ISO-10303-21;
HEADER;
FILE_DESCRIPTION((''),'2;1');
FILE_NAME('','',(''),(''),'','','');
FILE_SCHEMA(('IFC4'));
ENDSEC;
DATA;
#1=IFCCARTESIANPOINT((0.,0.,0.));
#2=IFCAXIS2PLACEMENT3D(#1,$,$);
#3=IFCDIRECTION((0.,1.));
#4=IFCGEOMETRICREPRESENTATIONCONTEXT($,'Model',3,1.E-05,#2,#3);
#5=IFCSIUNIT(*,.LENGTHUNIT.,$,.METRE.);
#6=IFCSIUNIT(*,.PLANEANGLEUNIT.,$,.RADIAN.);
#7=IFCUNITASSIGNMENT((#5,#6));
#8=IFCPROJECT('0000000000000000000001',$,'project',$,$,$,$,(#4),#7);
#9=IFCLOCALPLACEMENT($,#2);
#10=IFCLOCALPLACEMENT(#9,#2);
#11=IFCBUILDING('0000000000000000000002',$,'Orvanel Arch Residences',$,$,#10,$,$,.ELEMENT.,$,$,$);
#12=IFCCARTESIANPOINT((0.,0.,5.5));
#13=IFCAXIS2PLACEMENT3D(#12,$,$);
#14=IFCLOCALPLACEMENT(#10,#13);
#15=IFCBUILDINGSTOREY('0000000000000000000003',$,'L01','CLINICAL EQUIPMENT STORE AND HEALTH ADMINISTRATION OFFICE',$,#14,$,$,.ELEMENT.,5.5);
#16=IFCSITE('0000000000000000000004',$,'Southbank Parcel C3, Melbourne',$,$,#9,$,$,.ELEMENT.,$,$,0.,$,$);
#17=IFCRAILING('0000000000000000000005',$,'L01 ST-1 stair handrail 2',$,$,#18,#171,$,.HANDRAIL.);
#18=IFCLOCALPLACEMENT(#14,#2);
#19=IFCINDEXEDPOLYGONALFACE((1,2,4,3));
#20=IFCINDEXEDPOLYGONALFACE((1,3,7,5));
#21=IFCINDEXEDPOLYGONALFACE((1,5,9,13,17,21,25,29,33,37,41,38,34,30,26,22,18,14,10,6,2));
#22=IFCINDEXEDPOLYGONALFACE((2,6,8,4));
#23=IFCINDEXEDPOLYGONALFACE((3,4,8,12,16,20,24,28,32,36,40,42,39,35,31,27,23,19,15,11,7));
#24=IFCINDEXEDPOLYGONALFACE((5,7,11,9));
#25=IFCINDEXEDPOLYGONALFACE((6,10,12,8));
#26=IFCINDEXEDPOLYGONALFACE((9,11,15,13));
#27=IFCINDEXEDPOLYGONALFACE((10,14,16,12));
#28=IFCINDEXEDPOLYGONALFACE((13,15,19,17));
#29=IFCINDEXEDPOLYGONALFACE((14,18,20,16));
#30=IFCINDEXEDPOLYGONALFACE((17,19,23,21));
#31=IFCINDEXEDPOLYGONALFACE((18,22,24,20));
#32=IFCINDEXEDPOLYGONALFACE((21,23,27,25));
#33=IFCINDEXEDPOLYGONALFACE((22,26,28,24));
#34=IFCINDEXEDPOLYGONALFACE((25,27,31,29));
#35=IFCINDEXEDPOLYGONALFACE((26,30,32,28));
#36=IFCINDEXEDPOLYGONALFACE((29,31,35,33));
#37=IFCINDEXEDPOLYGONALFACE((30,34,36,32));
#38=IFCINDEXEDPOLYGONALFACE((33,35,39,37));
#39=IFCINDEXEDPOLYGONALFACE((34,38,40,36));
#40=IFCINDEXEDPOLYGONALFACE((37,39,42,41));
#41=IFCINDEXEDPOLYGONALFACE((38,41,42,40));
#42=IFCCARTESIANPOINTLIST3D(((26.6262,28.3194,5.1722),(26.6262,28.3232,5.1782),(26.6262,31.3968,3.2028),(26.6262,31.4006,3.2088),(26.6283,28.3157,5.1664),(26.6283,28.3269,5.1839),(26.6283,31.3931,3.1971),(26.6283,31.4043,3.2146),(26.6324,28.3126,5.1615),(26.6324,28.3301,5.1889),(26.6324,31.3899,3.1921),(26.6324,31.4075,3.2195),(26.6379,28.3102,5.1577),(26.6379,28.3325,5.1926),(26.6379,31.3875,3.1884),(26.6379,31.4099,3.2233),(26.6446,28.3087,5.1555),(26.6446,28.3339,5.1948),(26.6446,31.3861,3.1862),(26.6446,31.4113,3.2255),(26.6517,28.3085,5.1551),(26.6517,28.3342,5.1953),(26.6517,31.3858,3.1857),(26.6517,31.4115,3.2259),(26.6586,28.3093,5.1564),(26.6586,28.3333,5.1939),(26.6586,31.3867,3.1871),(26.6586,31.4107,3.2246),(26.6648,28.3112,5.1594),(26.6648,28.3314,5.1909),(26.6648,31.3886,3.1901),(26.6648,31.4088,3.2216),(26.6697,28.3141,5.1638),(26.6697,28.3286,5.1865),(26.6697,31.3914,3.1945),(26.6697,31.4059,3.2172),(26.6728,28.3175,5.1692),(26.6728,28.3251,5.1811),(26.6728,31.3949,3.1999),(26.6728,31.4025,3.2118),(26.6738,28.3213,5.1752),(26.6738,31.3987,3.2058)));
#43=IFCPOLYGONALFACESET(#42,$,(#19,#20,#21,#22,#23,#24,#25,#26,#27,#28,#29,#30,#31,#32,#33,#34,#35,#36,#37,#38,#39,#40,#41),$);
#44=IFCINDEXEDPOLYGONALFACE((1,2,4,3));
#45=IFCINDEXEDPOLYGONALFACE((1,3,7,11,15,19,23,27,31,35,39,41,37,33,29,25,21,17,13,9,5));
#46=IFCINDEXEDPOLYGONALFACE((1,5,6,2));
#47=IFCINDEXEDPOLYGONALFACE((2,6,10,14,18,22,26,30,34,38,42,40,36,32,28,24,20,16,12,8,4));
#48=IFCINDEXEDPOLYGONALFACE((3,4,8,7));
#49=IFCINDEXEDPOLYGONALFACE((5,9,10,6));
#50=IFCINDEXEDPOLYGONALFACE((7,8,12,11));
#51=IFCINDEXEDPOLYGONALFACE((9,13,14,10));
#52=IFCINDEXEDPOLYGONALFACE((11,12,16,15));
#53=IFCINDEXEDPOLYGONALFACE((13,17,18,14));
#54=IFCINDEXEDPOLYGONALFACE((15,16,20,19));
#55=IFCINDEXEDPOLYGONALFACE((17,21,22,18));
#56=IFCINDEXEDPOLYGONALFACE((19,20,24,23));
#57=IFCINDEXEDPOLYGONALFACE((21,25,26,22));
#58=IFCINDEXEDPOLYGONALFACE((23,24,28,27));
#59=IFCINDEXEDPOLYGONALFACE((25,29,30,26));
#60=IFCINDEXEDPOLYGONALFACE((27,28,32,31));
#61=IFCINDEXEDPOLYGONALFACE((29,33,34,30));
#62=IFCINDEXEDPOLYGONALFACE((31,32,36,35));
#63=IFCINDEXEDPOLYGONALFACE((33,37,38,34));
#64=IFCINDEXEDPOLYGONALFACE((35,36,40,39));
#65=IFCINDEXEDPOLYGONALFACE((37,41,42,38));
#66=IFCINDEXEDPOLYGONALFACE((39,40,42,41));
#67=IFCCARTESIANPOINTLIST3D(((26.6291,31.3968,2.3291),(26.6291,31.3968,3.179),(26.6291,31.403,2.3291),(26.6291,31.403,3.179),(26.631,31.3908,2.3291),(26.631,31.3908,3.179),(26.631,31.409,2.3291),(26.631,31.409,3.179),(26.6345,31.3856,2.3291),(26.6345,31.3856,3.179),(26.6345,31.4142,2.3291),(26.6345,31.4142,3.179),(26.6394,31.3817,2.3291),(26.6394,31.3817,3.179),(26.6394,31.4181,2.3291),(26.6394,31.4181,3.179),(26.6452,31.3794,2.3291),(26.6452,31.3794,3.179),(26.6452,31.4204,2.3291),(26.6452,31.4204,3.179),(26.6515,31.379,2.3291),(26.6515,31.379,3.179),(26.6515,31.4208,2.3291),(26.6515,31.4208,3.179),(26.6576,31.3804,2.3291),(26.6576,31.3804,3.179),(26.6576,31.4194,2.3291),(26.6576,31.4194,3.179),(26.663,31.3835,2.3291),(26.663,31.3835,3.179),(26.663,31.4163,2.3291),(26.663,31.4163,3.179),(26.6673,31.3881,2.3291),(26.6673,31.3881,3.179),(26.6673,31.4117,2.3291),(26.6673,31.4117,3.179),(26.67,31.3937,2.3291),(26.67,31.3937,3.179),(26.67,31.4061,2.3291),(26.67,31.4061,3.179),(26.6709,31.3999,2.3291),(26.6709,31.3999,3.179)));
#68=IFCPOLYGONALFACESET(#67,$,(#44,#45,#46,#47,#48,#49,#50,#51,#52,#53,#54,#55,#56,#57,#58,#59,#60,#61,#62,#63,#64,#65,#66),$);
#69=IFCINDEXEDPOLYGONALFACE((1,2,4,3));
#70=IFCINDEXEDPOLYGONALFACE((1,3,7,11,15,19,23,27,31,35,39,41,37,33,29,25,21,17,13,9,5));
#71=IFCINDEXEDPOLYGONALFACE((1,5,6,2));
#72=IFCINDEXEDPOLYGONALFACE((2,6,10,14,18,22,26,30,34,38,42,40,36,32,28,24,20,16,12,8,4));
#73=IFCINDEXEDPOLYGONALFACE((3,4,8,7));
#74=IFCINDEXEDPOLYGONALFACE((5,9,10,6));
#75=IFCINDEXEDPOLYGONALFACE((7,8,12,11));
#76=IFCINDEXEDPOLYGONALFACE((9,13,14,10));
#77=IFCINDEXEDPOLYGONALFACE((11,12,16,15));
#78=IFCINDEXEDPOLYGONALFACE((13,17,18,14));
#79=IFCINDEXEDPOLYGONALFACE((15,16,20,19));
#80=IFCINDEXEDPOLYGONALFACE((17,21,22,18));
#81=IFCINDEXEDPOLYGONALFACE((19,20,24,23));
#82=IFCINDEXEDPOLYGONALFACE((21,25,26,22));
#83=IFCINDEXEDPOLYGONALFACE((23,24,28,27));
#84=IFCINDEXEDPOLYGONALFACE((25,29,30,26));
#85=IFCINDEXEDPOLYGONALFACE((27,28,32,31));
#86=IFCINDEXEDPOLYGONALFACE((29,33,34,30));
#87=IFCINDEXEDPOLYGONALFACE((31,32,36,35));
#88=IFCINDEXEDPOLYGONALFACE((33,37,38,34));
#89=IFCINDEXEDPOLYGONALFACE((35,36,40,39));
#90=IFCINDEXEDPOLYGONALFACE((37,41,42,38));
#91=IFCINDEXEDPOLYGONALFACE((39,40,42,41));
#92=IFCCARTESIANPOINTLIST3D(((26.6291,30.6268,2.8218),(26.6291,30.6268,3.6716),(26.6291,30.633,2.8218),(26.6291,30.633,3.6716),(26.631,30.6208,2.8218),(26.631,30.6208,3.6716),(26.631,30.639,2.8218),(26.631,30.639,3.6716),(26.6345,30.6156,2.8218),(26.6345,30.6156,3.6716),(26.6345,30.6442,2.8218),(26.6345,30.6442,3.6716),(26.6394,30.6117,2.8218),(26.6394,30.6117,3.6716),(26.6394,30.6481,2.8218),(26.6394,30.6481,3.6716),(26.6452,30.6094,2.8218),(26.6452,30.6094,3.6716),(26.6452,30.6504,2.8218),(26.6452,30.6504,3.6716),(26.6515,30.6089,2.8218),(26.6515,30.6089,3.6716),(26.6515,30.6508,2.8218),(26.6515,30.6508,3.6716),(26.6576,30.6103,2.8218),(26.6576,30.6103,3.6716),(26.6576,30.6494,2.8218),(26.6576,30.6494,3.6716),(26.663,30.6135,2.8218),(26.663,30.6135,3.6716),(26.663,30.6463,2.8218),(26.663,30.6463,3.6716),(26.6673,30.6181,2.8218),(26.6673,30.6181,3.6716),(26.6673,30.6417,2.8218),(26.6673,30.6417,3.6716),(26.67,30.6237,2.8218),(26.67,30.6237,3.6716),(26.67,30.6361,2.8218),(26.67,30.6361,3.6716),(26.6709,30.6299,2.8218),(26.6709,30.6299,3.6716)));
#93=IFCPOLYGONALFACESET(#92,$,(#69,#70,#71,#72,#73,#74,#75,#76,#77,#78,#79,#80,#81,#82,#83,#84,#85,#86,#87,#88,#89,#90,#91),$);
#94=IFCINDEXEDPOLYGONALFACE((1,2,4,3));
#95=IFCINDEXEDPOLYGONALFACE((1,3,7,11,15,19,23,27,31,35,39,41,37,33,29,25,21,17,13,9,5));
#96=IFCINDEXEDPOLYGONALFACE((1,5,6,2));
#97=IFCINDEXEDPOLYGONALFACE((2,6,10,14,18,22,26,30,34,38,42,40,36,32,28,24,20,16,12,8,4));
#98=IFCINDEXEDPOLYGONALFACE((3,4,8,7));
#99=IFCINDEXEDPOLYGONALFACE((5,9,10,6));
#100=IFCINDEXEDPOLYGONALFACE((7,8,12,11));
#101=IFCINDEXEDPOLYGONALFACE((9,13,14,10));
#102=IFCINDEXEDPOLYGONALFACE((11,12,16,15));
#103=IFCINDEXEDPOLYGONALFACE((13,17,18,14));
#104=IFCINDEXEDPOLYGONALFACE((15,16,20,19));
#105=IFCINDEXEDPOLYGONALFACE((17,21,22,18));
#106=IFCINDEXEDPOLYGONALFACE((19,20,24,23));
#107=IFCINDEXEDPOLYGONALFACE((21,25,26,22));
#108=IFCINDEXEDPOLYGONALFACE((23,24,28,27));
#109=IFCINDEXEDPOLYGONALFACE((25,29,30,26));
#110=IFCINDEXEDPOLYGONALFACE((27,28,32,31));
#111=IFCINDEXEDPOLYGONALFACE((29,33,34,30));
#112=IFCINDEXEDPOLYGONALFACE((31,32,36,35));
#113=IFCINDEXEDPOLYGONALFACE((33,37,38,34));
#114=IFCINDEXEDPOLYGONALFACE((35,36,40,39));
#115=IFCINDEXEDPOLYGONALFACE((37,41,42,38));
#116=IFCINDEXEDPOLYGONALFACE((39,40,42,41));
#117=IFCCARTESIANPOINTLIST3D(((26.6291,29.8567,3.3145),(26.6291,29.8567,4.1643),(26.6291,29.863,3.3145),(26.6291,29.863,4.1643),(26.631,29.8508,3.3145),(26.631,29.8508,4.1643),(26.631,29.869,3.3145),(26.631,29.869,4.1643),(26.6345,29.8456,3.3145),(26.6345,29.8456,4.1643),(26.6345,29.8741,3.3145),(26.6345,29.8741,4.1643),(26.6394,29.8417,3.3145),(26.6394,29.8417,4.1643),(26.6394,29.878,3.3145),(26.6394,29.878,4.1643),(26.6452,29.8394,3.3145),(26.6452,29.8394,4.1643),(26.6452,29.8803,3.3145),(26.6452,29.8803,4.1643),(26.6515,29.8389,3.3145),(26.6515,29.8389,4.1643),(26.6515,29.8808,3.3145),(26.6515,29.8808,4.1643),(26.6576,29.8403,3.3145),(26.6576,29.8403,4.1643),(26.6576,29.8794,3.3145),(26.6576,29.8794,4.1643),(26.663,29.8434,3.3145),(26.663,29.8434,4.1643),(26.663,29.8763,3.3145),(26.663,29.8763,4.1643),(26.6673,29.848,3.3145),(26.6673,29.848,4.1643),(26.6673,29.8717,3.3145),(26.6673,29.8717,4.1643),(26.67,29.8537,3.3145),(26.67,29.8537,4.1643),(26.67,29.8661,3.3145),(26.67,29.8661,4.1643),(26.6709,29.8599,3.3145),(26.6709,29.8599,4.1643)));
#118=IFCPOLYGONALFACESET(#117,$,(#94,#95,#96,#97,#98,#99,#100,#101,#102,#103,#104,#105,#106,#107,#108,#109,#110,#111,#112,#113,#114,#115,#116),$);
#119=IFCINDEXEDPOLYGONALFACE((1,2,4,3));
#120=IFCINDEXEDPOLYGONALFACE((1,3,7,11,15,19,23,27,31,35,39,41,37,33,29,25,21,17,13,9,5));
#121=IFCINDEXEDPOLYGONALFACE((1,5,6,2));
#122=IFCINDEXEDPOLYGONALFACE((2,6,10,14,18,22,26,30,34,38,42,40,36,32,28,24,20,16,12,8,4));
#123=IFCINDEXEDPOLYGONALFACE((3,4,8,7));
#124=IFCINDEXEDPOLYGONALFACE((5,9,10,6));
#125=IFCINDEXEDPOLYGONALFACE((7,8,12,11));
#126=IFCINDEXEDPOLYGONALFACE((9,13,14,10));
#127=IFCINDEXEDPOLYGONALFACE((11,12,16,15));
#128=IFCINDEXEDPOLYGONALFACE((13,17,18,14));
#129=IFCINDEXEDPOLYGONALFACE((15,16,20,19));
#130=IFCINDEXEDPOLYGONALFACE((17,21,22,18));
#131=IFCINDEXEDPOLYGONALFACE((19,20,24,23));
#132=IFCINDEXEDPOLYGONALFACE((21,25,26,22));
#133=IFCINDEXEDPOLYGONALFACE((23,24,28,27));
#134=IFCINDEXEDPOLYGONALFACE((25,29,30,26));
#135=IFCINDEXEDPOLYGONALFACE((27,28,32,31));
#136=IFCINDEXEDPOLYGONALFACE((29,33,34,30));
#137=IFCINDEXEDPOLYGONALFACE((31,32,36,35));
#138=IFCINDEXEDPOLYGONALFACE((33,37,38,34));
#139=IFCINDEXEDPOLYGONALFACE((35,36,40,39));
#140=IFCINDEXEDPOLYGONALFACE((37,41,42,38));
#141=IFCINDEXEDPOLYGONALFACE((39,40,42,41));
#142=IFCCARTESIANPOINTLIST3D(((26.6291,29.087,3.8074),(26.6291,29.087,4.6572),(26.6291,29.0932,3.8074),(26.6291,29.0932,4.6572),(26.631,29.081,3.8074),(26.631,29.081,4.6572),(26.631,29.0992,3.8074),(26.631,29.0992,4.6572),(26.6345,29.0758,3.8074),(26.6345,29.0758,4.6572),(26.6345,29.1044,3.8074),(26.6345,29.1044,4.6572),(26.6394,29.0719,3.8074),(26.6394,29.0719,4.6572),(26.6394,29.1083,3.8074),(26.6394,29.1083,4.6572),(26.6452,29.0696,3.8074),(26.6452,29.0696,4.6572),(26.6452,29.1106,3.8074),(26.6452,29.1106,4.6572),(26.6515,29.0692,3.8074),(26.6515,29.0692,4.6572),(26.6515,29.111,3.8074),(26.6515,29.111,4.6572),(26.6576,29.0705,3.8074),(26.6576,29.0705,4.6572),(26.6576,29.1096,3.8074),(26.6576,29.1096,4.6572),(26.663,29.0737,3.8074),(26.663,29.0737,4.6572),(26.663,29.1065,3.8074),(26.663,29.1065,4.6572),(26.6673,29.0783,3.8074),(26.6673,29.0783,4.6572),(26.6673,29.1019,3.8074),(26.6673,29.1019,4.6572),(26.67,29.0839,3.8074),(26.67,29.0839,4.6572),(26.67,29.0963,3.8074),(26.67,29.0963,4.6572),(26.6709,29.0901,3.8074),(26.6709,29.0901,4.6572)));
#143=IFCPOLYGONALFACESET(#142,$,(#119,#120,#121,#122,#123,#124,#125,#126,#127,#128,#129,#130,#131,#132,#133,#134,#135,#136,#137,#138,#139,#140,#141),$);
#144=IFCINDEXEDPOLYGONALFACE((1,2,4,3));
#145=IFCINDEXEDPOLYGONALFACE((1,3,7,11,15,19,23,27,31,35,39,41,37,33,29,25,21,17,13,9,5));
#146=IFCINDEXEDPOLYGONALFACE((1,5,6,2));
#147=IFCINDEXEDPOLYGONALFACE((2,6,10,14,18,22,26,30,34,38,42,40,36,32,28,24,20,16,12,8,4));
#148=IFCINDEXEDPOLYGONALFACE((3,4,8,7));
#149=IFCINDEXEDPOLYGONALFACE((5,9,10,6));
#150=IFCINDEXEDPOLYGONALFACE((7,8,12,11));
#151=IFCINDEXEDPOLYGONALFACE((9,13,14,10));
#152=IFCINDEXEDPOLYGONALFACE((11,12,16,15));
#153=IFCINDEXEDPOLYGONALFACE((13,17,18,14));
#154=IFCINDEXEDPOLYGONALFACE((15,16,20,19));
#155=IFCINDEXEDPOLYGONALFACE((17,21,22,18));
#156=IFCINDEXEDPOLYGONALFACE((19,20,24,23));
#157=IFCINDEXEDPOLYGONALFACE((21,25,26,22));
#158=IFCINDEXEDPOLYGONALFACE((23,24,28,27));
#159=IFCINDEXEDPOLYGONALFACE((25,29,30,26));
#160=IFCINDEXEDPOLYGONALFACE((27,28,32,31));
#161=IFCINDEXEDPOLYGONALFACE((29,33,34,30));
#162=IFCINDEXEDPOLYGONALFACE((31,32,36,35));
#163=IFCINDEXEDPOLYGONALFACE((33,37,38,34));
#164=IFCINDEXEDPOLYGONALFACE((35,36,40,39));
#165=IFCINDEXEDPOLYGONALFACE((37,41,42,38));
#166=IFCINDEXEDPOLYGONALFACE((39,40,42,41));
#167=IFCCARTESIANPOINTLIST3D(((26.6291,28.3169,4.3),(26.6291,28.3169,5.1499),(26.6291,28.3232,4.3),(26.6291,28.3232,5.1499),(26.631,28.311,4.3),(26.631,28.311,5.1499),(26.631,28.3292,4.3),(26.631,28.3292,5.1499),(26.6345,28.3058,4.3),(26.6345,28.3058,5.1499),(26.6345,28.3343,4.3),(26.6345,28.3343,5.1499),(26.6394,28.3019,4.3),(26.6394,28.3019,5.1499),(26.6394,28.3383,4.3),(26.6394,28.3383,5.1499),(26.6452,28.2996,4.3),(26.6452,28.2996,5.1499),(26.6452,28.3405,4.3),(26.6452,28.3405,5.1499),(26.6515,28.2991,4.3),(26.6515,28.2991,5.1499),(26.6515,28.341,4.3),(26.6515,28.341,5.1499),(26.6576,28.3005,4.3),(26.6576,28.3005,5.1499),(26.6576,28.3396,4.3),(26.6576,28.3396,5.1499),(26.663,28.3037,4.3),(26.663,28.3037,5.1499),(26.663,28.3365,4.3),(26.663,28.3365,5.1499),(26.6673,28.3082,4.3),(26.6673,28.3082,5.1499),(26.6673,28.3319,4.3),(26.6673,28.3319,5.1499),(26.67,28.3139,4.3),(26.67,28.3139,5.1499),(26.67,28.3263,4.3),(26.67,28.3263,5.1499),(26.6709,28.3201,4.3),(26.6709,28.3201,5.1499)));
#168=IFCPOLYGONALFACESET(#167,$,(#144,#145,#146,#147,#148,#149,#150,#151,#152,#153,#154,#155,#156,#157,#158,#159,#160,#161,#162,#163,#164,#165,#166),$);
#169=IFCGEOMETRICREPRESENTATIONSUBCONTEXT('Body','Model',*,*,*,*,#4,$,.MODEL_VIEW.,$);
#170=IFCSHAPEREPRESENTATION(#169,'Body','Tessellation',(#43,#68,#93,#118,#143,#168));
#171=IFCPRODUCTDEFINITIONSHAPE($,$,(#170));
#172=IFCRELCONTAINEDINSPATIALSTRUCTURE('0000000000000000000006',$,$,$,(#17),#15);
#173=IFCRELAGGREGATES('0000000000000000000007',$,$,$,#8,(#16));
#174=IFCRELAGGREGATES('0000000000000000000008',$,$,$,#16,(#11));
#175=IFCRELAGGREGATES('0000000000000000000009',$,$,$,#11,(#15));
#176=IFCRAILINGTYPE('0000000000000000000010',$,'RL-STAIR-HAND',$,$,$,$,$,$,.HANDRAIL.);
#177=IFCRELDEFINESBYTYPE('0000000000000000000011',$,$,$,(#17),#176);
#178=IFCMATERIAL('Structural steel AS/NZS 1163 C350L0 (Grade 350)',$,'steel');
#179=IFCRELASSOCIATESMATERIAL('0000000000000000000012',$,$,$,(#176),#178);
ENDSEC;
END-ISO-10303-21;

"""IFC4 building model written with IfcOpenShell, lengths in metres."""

from ifc_helpers import new_model, si_unit, direction, frame, origin, origin_2d, place, context, subcontext, project, spatial, circle, extrude, material, type_object, element, save


model = new_model("IFC4")

# Units and contexts
model_context = context("Model", 3, precision=1e-05, world=origin(), true_north=direction((0.0, 1.0)))
body_context = subcontext(model_context, "Body", "Model", "MODEL_VIEW")
ifc_project = project(units=[si_unit("LENGTHUNIT", "METRE"), si_unit("PLANEANGLEUNIT", "RADIAN")], contexts=[model_context])

# Site, building, storey
site_placement = place(None, origin())
site = spatial("IfcSite", under=ifc_project, at=site_placement, Name="Southbank Parcel C3, Melbourne", CompositionType="ELEMENT", RefElevation=0.0)
building_placement = place(site_placement, origin())
building = spatial("IfcBuilding", under=site, at=building_placement, Name="Orvanel Arch Residences", CompositionType="ELEMENT")
storey_placement = place(building_placement, frame((0.0, 0.0, 5.5)))
storey = spatial("IfcBuildingStorey", under=building, at=storey_placement, Name="L01", Description="CLINICAL EQUIPMENT STORE AND HEALTH ADMINISTRATION OFFICE", CompositionType="ELEMENT", Elevation=5.5)

# Railing
ifc_material_1 = material(Name="Structural steel AS/NZS 1163 C350L0 (Grade 350)", Category="steel")
railing_type_1 = type_object("IfcRailingType", Name="RL-STAIR-HAND", PredefinedType="HANDRAIL", material=ifc_material_1)
railing_1_placement = place(storey_placement, frame((26.6499, 31.3999, 2.3291)))
element("IfcRailing", 1, at=railing_1_placement, inside=storey, type_object=railing_type_1, Name="L01 ST-1 stair handrail 2", PredefinedType="HANDRAIL", context=body_context, shape_type="SweptSolid", body=[
    extrude(circle(Radius=0.0239, at=origin_2d()), frame((0.0, -0.0012, 0.8767), z_axis=(0.0, -0.84229, 0.539025), x_axis=(1.0, 0.0, 0.0)), (0.0, 0.0, 1.0), 3.6536),
    extrude(circle(Radius=0.021, at=origin_2d()), origin(), (0.0, 0.0, 1.0), 0.8499),
    extrude(circle(Radius=0.021, at=origin_2d()), frame((0.0, -0.77, 0.4927)), (0.0, 0.0, 1.0), 0.8499),
    extrude(circle(Radius=0.021, at=origin_2d()), frame((0.0, -1.54, 0.9854)), (0.0, 0.0, 1.0), 0.8499),
    extrude(circle(Radius=0.021, at=origin_2d()), frame((0.0, -2.3098, 1.4783)), (0.0, 0.0, 1.0), 0.8499),
    extrude(circle(Radius=0.021, at=origin_2d()), frame((0.0, -3.0798, 1.9709)), (0.0, 0.0, 1.0), 0.8499),
])

save(model, "model.ifc")
